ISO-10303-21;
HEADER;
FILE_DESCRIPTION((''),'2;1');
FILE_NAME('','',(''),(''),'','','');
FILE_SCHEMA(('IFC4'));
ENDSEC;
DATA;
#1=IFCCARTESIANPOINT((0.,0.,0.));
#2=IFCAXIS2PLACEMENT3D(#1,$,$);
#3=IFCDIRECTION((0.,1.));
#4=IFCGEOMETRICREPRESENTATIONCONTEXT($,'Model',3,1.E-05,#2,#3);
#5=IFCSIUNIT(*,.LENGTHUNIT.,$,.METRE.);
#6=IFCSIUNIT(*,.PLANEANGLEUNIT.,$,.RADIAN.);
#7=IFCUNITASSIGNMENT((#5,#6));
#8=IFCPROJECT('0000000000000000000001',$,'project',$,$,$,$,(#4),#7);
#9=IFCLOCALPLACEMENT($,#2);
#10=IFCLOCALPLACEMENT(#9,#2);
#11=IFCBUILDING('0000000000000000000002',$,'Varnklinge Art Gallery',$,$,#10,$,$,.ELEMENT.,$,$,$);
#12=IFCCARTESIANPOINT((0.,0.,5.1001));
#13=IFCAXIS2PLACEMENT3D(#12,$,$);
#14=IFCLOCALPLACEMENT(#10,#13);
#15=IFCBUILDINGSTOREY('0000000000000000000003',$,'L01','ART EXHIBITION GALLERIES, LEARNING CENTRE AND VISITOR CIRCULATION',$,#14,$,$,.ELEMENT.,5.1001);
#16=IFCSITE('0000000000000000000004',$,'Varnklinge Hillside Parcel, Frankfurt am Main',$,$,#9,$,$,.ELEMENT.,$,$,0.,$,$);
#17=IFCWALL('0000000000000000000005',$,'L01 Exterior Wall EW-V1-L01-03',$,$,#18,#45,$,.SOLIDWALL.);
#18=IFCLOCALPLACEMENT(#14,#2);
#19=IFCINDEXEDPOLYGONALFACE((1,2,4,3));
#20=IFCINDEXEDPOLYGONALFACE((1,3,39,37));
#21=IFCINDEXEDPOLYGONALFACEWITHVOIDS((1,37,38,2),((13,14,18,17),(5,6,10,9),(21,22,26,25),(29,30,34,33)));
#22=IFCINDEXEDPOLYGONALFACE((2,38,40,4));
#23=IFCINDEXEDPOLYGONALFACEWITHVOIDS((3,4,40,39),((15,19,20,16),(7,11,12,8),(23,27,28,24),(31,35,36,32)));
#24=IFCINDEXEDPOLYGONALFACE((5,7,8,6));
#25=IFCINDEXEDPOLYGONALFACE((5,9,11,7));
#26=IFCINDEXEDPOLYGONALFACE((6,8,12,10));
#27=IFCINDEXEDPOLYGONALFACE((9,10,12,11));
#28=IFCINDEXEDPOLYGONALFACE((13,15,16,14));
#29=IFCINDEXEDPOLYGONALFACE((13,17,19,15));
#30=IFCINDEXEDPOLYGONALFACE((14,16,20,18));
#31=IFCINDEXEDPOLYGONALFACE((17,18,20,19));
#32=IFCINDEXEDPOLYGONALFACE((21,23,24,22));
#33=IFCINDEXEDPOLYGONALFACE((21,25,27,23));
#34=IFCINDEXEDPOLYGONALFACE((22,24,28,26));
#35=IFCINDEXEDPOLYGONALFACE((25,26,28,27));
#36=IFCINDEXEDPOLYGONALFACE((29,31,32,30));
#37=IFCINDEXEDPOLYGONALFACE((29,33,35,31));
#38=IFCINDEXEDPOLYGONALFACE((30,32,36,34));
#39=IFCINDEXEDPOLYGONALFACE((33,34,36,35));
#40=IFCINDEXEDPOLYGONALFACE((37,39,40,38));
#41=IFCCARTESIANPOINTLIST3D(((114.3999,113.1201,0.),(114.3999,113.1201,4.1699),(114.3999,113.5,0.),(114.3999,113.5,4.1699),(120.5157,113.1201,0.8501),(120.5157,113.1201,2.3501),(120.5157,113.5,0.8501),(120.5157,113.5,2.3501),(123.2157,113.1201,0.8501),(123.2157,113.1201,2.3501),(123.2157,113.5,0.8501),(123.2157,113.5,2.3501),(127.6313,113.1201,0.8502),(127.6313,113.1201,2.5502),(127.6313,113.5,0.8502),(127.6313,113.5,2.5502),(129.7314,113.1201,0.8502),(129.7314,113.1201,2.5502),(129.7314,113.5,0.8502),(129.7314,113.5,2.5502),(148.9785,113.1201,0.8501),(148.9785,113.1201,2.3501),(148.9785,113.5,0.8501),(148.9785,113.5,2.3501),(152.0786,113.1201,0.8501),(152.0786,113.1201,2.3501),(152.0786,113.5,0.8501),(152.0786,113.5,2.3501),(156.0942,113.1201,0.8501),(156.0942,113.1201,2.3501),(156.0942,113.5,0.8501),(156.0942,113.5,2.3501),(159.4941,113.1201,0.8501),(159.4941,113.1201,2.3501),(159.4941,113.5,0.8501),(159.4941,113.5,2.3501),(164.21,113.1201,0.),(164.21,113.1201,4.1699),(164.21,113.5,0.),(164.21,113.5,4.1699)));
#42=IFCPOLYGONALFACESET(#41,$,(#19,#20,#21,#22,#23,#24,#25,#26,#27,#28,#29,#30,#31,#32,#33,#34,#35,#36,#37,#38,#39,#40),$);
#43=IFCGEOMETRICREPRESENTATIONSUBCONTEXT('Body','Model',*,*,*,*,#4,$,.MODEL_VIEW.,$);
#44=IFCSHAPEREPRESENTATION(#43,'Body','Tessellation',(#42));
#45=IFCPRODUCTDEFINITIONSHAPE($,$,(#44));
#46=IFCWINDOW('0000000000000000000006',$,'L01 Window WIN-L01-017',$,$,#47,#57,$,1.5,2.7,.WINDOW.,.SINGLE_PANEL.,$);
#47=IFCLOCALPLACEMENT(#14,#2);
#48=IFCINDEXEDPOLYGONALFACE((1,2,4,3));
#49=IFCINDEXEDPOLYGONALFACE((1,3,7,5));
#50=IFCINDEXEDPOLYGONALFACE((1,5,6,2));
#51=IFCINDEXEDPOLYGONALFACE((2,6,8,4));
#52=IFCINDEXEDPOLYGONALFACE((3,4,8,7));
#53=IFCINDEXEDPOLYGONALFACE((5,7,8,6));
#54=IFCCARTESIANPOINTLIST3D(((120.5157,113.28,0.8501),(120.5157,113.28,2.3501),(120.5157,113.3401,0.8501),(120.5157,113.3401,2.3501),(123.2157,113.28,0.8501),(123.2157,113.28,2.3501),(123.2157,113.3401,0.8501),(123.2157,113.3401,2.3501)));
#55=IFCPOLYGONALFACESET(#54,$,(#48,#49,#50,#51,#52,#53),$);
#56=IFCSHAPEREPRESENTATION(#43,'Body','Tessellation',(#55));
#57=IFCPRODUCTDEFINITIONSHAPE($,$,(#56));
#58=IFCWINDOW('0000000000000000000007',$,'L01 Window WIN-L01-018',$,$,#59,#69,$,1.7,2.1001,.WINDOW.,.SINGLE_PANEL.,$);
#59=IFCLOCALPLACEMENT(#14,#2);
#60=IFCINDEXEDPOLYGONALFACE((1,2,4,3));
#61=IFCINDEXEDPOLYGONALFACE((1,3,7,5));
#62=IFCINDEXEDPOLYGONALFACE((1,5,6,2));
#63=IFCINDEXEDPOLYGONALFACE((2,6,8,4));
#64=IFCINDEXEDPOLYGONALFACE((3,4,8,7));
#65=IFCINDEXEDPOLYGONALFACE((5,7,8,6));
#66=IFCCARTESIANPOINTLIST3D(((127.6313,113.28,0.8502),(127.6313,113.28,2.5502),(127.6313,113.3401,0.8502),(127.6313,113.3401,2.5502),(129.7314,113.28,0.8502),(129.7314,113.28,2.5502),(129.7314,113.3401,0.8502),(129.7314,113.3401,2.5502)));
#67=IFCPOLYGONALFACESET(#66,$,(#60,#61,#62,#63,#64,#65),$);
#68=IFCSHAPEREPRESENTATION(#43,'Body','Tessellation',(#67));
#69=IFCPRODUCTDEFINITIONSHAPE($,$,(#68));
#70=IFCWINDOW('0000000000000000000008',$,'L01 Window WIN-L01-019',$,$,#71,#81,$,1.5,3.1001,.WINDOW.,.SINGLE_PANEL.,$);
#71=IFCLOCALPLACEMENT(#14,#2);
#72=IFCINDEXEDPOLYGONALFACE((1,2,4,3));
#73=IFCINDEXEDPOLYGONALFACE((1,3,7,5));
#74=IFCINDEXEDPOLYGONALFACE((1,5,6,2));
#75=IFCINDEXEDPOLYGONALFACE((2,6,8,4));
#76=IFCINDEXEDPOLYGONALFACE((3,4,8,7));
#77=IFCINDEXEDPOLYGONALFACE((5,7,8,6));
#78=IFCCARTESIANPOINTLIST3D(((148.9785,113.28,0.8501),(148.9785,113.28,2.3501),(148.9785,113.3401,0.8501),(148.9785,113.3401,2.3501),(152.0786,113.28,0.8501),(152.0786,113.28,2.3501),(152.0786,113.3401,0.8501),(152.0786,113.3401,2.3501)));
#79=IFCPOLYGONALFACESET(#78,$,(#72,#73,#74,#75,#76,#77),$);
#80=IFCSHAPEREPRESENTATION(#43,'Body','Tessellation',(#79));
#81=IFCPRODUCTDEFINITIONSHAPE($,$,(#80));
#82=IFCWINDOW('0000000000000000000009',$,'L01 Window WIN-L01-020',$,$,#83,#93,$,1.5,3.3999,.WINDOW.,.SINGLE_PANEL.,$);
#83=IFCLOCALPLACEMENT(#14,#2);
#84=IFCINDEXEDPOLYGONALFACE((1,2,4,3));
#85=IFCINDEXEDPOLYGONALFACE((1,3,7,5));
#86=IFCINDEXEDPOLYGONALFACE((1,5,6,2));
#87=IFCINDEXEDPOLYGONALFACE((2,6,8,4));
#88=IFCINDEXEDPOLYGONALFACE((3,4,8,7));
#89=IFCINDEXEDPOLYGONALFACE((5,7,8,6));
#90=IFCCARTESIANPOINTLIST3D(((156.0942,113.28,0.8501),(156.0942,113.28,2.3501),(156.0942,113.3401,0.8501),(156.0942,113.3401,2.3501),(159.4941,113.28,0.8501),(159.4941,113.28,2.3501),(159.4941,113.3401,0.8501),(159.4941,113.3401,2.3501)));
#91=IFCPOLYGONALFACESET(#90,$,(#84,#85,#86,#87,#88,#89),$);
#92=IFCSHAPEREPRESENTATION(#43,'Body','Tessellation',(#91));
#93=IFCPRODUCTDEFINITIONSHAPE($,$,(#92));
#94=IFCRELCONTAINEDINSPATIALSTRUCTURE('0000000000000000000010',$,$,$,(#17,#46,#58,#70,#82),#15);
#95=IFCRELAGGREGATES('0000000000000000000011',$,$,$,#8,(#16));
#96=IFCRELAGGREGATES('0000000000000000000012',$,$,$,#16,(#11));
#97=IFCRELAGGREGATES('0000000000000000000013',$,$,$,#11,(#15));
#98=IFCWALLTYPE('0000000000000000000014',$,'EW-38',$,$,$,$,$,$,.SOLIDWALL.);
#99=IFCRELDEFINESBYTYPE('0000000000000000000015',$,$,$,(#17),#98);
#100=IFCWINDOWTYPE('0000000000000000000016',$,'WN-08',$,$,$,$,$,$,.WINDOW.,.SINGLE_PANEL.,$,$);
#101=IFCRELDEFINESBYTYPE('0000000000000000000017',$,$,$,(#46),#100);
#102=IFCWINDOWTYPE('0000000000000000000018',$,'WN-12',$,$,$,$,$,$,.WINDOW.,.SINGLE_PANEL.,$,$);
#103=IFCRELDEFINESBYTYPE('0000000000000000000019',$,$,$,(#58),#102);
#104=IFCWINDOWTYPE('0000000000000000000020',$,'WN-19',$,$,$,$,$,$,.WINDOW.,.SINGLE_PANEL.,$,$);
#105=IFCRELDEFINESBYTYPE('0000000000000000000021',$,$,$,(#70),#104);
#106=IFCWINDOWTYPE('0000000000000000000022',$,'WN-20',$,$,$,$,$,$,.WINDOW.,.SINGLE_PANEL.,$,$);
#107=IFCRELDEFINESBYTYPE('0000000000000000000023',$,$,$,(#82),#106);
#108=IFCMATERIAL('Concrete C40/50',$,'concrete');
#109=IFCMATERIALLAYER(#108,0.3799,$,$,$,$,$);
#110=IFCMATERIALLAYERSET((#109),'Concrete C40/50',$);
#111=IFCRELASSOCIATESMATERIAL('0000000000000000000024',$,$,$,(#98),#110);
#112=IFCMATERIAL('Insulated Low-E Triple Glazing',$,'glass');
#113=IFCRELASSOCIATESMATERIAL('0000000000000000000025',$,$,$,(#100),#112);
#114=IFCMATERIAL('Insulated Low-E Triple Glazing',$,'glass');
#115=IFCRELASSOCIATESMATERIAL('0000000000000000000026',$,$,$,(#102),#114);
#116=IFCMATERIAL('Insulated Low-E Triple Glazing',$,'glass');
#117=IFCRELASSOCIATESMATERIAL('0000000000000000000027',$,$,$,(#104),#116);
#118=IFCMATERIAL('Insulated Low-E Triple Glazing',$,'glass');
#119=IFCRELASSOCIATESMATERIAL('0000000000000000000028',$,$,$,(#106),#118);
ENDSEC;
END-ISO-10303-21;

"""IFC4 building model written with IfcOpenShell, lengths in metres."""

from ifc_helpers import new_model, si_unit, direction, frame, frame_2d, origin, place, context, subcontext, project, spatial, rectangle, extrude, material, layer, layer_set, type_object, element, fill, save


model = new_model("IFC4")

# Units and contexts
model_context = context("Model", 3, precision=1e-05, world=origin(), true_north=direction((0.0, 1.0)))
body_context = subcontext(model_context, "Body", "Model", "MODEL_VIEW")
ifc_project = project(units=[si_unit("LENGTHUNIT", "METRE"), si_unit("PLANEANGLEUNIT", "RADIAN")], contexts=[model_context])

# Site, building, storey
site_placement = place(None, origin())
site = spatial("IfcSite", under=ifc_project, at=site_placement, Name="Varnklinge Hillside Parcel, Frankfurt am Main", CompositionType="ELEMENT", RefElevation=0.0)
building_placement = place(site_placement, origin())
building = spatial("IfcBuilding", under=site, at=building_placement, Name="Varnklinge Art Gallery", CompositionType="ELEMENT")
storey_placement = place(building_placement, frame((0.0, 0.0, 5.1001)))
storey = spatial("IfcBuildingStorey", under=building, at=storey_placement, Name="L01", Description="ART EXHIBITION GALLERIES, LEARNING CENTRE AND VISITOR CIRCULATION", CompositionType="ELEMENT", Elevation=5.1001)

# Wall, openings, windows
ifc_material_1 = material(Name="Concrete C40/50", Category="concrete")
ifc_layer = layer(ifc_material_1, 0.3799)
ifc_layer_set = layer_set([ifc_layer], Name="Concrete C40/50")
wall_type = type_object("IfcWallType", Name="EW-38", PredefinedType="SOLIDWALL", material=ifc_layer_set)
wall_placement = place(storey_placement, frame((114.3999, 113.3101, 0.0), z_axis=(0.0, 0.0, 1.0), x_axis=(1.0, 0.0, 0.0)))
wall = element("IfcWall", 1, at=wall_placement, inside=storey, type_object=wall_type, Name="L01 Exterior Wall EW-V1-L01-03", PredefinedType="SOLIDWALL", context=body_context, shape_type="SweptSolid", body=[
    extrude(rectangle(XDim=49.8101, YDim=0.3799, at=frame_2d((24.905, 0.0))), origin(), (0.0, 0.0, 1.0), 4.1699),
])
opening_1_placement = place(wall_placement, frame((6.1157, 0.0, 0.8501)))
opening_1 = element("IfcOpeningElement", 2, at=opening_1_placement, cuts=wall, PredefinedType="OPENING", context=body_context, shape_type="SweptSolid", body=[
    extrude(rectangle(XDim=2.7, YDim=1.5, at=frame_2d((1.3501, 0.75))), frame((0.0, 0.2, 0.0), z_axis=(0.0, -1.0, 0.0), x_axis=(1.0, 0.0, 0.0)), (0.0, 0.0, 1.0), 0.3999),
])
opening_2_placement = place(wall_placement, frame((13.2314, 0.0, 0.8501)))
opening_2 = element("IfcOpeningElement", 3, at=opening_2_placement, cuts=wall, PredefinedType="OPENING", context=body_context, shape_type="SweptSolid", body=[
    extrude(rectangle(XDim=2.1001, YDim=1.7, at=frame_2d((1.05, 0.8501))), frame((0.0, 0.2, 0.0), z_axis=(0.0, -1.0, 0.0), x_axis=(1.0, 0.0, 0.0)), (0.0, 0.0, 1.0), 0.3999),
])
opening_3_placement = place(wall_placement, frame((34.5786, 0.0, 0.8501)))
opening_3 = element("IfcOpeningElement", 4, at=opening_3_placement, cuts=wall, PredefinedType="OPENING", context=body_context, shape_type="SweptSolid", body=[
    extrude(rectangle(XDim=3.1001, YDim=1.5, at=frame_2d((1.55, 0.75))), frame((0.0, 0.2, 0.0), z_axis=(0.0, -1.0, 0.0), x_axis=(1.0, 0.0, 0.0)), (0.0, 0.0, 1.0), 0.3999),
])
opening_4_placement = place(wall_placement, frame((41.6943, 0.0, 0.8501)))
opening_4 = element("IfcOpeningElement", 5, at=opening_4_placement, cuts=wall, PredefinedType="OPENING", context=body_context, shape_type="SweptSolid", body=[
    extrude(rectangle(XDim=3.3999, YDim=1.5, at=frame_2d((1.7, 0.75))), frame((0.0, 0.2, 0.0), z_axis=(0.0, -1.0, 0.0), x_axis=(1.0, 0.0, 0.0)), (0.0, 0.0, 1.0), 0.3999),
])
ifc_material_2 = material(Name="Insulated Low-E Triple Glazing", Category="glass")
window_type_1 = type_object("IfcWindowType", Name="WN-08", PartitioningType="SINGLE_PANEL", PredefinedType="WINDOW", material=ifc_material_2)
window_1_placement = place(opening_1_placement, origin())
window_1 = element("IfcWindow", 6, at=window_1_placement, inside=storey, type_object=window_type_1, Name="L01 Window WIN-L01-017", OverallHeight=1.5, OverallWidth=2.7, PartitioningType="SINGLE_PANEL", PredefinedType="WINDOW", context=body_context, shape_type="SweptSolid", body=[
    extrude(rectangle(XDim=2.7, YDim=1.5, at=frame_2d((1.3501, 0.75))), frame((0.0, 0.03, 0.0), z_axis=(0.0, -1.0, 0.0), x_axis=(1.0, 0.0, 0.0)), (0.0, 0.0, 1.0), 0.0601),
])
fill(opening_1, window_1)
ifc_material_3 = material(Name="Insulated Low-E Triple Glazing", Category="glass")
window_type_2 = type_object("IfcWindowType", Name="WN-12", PartitioningType="SINGLE_PANEL", PredefinedType="WINDOW", material=ifc_material_3)
window_2_placement = place(opening_2_placement, origin())
window_2 = element("IfcWindow", 7, at=window_2_placement, inside=storey, type_object=window_type_2, Name="L01 Window WIN-L01-018", OverallHeight=1.7, OverallWidth=2.1001, PartitioningType="SINGLE_PANEL", PredefinedType="WINDOW", context=body_context, shape_type="SweptSolid", body=[
    extrude(rectangle(XDim=2.1001, YDim=1.7, at=frame_2d((1.05, 0.8501))), frame((0.0, 0.03, 0.0), z_axis=(0.0, -1.0, 0.0), x_axis=(1.0, 0.0, 0.0)), (0.0, 0.0, 1.0), 0.0601),
])
fill(opening_2, window_2)
ifc_material_4 = material(Name="Insulated Low-E Triple Glazing", Category="glass")
window_type_3 = type_object("IfcWindowType", Name="WN-19", PartitioningType="SINGLE_PANEL", PredefinedType="WINDOW", material=ifc_material_4)
window_3_placement = place(opening_3_placement, origin())
window_3 = element("IfcWindow", 8, at=window_3_placement, inside=storey, type_object=window_type_3, Name="L01 Window WIN-L01-019", OverallHeight=1.5, OverallWidth=3.1001, PartitioningType="SINGLE_PANEL", PredefinedType="WINDOW", context=body_context, shape_type="SweptSolid", body=[
    extrude(rectangle(XDim=3.1001, YDim=1.5, at=frame_2d((1.55, 0.75))), frame((0.0, 0.03, 0.0), z_axis=(0.0, -1.0, 0.0), x_axis=(1.0, 0.0, 0.0)), (0.0, 0.0, 1.0), 0.0601),
])
fill(opening_3, window_3)
ifc_material_5 = material(Name="Insulated Low-E Triple Glazing", Category="glass")
window_type_4 = type_object("IfcWindowType", Name="WN-20", PartitioningType="SINGLE_PANEL", PredefinedType="WINDOW", material=ifc_material_5)
window_4_placement = place(opening_4_placement, origin())
window_4 = element("IfcWindow", 9, at=window_4_placement, inside=storey, type_object=window_type_4, Name="L01 Window WIN-L01-020", OverallHeight=1.5, OverallWidth=3.3999, PartitioningType="SINGLE_PANEL", PredefinedType="WINDOW", context=body_context, shape_type="SweptSolid", body=[
    extrude(rectangle(XDim=3.3999, YDim=1.5, at=frame_2d((1.7, 0.75))), frame((0.0, 0.03, 0.0), z_axis=(0.0, -1.0, 0.0), x_axis=(1.0, 0.0, 0.0)), (0.0, 0.0, 1.0), 0.0601),
])
fill(opening_4, window_4)

save(model, "model.ifc")
